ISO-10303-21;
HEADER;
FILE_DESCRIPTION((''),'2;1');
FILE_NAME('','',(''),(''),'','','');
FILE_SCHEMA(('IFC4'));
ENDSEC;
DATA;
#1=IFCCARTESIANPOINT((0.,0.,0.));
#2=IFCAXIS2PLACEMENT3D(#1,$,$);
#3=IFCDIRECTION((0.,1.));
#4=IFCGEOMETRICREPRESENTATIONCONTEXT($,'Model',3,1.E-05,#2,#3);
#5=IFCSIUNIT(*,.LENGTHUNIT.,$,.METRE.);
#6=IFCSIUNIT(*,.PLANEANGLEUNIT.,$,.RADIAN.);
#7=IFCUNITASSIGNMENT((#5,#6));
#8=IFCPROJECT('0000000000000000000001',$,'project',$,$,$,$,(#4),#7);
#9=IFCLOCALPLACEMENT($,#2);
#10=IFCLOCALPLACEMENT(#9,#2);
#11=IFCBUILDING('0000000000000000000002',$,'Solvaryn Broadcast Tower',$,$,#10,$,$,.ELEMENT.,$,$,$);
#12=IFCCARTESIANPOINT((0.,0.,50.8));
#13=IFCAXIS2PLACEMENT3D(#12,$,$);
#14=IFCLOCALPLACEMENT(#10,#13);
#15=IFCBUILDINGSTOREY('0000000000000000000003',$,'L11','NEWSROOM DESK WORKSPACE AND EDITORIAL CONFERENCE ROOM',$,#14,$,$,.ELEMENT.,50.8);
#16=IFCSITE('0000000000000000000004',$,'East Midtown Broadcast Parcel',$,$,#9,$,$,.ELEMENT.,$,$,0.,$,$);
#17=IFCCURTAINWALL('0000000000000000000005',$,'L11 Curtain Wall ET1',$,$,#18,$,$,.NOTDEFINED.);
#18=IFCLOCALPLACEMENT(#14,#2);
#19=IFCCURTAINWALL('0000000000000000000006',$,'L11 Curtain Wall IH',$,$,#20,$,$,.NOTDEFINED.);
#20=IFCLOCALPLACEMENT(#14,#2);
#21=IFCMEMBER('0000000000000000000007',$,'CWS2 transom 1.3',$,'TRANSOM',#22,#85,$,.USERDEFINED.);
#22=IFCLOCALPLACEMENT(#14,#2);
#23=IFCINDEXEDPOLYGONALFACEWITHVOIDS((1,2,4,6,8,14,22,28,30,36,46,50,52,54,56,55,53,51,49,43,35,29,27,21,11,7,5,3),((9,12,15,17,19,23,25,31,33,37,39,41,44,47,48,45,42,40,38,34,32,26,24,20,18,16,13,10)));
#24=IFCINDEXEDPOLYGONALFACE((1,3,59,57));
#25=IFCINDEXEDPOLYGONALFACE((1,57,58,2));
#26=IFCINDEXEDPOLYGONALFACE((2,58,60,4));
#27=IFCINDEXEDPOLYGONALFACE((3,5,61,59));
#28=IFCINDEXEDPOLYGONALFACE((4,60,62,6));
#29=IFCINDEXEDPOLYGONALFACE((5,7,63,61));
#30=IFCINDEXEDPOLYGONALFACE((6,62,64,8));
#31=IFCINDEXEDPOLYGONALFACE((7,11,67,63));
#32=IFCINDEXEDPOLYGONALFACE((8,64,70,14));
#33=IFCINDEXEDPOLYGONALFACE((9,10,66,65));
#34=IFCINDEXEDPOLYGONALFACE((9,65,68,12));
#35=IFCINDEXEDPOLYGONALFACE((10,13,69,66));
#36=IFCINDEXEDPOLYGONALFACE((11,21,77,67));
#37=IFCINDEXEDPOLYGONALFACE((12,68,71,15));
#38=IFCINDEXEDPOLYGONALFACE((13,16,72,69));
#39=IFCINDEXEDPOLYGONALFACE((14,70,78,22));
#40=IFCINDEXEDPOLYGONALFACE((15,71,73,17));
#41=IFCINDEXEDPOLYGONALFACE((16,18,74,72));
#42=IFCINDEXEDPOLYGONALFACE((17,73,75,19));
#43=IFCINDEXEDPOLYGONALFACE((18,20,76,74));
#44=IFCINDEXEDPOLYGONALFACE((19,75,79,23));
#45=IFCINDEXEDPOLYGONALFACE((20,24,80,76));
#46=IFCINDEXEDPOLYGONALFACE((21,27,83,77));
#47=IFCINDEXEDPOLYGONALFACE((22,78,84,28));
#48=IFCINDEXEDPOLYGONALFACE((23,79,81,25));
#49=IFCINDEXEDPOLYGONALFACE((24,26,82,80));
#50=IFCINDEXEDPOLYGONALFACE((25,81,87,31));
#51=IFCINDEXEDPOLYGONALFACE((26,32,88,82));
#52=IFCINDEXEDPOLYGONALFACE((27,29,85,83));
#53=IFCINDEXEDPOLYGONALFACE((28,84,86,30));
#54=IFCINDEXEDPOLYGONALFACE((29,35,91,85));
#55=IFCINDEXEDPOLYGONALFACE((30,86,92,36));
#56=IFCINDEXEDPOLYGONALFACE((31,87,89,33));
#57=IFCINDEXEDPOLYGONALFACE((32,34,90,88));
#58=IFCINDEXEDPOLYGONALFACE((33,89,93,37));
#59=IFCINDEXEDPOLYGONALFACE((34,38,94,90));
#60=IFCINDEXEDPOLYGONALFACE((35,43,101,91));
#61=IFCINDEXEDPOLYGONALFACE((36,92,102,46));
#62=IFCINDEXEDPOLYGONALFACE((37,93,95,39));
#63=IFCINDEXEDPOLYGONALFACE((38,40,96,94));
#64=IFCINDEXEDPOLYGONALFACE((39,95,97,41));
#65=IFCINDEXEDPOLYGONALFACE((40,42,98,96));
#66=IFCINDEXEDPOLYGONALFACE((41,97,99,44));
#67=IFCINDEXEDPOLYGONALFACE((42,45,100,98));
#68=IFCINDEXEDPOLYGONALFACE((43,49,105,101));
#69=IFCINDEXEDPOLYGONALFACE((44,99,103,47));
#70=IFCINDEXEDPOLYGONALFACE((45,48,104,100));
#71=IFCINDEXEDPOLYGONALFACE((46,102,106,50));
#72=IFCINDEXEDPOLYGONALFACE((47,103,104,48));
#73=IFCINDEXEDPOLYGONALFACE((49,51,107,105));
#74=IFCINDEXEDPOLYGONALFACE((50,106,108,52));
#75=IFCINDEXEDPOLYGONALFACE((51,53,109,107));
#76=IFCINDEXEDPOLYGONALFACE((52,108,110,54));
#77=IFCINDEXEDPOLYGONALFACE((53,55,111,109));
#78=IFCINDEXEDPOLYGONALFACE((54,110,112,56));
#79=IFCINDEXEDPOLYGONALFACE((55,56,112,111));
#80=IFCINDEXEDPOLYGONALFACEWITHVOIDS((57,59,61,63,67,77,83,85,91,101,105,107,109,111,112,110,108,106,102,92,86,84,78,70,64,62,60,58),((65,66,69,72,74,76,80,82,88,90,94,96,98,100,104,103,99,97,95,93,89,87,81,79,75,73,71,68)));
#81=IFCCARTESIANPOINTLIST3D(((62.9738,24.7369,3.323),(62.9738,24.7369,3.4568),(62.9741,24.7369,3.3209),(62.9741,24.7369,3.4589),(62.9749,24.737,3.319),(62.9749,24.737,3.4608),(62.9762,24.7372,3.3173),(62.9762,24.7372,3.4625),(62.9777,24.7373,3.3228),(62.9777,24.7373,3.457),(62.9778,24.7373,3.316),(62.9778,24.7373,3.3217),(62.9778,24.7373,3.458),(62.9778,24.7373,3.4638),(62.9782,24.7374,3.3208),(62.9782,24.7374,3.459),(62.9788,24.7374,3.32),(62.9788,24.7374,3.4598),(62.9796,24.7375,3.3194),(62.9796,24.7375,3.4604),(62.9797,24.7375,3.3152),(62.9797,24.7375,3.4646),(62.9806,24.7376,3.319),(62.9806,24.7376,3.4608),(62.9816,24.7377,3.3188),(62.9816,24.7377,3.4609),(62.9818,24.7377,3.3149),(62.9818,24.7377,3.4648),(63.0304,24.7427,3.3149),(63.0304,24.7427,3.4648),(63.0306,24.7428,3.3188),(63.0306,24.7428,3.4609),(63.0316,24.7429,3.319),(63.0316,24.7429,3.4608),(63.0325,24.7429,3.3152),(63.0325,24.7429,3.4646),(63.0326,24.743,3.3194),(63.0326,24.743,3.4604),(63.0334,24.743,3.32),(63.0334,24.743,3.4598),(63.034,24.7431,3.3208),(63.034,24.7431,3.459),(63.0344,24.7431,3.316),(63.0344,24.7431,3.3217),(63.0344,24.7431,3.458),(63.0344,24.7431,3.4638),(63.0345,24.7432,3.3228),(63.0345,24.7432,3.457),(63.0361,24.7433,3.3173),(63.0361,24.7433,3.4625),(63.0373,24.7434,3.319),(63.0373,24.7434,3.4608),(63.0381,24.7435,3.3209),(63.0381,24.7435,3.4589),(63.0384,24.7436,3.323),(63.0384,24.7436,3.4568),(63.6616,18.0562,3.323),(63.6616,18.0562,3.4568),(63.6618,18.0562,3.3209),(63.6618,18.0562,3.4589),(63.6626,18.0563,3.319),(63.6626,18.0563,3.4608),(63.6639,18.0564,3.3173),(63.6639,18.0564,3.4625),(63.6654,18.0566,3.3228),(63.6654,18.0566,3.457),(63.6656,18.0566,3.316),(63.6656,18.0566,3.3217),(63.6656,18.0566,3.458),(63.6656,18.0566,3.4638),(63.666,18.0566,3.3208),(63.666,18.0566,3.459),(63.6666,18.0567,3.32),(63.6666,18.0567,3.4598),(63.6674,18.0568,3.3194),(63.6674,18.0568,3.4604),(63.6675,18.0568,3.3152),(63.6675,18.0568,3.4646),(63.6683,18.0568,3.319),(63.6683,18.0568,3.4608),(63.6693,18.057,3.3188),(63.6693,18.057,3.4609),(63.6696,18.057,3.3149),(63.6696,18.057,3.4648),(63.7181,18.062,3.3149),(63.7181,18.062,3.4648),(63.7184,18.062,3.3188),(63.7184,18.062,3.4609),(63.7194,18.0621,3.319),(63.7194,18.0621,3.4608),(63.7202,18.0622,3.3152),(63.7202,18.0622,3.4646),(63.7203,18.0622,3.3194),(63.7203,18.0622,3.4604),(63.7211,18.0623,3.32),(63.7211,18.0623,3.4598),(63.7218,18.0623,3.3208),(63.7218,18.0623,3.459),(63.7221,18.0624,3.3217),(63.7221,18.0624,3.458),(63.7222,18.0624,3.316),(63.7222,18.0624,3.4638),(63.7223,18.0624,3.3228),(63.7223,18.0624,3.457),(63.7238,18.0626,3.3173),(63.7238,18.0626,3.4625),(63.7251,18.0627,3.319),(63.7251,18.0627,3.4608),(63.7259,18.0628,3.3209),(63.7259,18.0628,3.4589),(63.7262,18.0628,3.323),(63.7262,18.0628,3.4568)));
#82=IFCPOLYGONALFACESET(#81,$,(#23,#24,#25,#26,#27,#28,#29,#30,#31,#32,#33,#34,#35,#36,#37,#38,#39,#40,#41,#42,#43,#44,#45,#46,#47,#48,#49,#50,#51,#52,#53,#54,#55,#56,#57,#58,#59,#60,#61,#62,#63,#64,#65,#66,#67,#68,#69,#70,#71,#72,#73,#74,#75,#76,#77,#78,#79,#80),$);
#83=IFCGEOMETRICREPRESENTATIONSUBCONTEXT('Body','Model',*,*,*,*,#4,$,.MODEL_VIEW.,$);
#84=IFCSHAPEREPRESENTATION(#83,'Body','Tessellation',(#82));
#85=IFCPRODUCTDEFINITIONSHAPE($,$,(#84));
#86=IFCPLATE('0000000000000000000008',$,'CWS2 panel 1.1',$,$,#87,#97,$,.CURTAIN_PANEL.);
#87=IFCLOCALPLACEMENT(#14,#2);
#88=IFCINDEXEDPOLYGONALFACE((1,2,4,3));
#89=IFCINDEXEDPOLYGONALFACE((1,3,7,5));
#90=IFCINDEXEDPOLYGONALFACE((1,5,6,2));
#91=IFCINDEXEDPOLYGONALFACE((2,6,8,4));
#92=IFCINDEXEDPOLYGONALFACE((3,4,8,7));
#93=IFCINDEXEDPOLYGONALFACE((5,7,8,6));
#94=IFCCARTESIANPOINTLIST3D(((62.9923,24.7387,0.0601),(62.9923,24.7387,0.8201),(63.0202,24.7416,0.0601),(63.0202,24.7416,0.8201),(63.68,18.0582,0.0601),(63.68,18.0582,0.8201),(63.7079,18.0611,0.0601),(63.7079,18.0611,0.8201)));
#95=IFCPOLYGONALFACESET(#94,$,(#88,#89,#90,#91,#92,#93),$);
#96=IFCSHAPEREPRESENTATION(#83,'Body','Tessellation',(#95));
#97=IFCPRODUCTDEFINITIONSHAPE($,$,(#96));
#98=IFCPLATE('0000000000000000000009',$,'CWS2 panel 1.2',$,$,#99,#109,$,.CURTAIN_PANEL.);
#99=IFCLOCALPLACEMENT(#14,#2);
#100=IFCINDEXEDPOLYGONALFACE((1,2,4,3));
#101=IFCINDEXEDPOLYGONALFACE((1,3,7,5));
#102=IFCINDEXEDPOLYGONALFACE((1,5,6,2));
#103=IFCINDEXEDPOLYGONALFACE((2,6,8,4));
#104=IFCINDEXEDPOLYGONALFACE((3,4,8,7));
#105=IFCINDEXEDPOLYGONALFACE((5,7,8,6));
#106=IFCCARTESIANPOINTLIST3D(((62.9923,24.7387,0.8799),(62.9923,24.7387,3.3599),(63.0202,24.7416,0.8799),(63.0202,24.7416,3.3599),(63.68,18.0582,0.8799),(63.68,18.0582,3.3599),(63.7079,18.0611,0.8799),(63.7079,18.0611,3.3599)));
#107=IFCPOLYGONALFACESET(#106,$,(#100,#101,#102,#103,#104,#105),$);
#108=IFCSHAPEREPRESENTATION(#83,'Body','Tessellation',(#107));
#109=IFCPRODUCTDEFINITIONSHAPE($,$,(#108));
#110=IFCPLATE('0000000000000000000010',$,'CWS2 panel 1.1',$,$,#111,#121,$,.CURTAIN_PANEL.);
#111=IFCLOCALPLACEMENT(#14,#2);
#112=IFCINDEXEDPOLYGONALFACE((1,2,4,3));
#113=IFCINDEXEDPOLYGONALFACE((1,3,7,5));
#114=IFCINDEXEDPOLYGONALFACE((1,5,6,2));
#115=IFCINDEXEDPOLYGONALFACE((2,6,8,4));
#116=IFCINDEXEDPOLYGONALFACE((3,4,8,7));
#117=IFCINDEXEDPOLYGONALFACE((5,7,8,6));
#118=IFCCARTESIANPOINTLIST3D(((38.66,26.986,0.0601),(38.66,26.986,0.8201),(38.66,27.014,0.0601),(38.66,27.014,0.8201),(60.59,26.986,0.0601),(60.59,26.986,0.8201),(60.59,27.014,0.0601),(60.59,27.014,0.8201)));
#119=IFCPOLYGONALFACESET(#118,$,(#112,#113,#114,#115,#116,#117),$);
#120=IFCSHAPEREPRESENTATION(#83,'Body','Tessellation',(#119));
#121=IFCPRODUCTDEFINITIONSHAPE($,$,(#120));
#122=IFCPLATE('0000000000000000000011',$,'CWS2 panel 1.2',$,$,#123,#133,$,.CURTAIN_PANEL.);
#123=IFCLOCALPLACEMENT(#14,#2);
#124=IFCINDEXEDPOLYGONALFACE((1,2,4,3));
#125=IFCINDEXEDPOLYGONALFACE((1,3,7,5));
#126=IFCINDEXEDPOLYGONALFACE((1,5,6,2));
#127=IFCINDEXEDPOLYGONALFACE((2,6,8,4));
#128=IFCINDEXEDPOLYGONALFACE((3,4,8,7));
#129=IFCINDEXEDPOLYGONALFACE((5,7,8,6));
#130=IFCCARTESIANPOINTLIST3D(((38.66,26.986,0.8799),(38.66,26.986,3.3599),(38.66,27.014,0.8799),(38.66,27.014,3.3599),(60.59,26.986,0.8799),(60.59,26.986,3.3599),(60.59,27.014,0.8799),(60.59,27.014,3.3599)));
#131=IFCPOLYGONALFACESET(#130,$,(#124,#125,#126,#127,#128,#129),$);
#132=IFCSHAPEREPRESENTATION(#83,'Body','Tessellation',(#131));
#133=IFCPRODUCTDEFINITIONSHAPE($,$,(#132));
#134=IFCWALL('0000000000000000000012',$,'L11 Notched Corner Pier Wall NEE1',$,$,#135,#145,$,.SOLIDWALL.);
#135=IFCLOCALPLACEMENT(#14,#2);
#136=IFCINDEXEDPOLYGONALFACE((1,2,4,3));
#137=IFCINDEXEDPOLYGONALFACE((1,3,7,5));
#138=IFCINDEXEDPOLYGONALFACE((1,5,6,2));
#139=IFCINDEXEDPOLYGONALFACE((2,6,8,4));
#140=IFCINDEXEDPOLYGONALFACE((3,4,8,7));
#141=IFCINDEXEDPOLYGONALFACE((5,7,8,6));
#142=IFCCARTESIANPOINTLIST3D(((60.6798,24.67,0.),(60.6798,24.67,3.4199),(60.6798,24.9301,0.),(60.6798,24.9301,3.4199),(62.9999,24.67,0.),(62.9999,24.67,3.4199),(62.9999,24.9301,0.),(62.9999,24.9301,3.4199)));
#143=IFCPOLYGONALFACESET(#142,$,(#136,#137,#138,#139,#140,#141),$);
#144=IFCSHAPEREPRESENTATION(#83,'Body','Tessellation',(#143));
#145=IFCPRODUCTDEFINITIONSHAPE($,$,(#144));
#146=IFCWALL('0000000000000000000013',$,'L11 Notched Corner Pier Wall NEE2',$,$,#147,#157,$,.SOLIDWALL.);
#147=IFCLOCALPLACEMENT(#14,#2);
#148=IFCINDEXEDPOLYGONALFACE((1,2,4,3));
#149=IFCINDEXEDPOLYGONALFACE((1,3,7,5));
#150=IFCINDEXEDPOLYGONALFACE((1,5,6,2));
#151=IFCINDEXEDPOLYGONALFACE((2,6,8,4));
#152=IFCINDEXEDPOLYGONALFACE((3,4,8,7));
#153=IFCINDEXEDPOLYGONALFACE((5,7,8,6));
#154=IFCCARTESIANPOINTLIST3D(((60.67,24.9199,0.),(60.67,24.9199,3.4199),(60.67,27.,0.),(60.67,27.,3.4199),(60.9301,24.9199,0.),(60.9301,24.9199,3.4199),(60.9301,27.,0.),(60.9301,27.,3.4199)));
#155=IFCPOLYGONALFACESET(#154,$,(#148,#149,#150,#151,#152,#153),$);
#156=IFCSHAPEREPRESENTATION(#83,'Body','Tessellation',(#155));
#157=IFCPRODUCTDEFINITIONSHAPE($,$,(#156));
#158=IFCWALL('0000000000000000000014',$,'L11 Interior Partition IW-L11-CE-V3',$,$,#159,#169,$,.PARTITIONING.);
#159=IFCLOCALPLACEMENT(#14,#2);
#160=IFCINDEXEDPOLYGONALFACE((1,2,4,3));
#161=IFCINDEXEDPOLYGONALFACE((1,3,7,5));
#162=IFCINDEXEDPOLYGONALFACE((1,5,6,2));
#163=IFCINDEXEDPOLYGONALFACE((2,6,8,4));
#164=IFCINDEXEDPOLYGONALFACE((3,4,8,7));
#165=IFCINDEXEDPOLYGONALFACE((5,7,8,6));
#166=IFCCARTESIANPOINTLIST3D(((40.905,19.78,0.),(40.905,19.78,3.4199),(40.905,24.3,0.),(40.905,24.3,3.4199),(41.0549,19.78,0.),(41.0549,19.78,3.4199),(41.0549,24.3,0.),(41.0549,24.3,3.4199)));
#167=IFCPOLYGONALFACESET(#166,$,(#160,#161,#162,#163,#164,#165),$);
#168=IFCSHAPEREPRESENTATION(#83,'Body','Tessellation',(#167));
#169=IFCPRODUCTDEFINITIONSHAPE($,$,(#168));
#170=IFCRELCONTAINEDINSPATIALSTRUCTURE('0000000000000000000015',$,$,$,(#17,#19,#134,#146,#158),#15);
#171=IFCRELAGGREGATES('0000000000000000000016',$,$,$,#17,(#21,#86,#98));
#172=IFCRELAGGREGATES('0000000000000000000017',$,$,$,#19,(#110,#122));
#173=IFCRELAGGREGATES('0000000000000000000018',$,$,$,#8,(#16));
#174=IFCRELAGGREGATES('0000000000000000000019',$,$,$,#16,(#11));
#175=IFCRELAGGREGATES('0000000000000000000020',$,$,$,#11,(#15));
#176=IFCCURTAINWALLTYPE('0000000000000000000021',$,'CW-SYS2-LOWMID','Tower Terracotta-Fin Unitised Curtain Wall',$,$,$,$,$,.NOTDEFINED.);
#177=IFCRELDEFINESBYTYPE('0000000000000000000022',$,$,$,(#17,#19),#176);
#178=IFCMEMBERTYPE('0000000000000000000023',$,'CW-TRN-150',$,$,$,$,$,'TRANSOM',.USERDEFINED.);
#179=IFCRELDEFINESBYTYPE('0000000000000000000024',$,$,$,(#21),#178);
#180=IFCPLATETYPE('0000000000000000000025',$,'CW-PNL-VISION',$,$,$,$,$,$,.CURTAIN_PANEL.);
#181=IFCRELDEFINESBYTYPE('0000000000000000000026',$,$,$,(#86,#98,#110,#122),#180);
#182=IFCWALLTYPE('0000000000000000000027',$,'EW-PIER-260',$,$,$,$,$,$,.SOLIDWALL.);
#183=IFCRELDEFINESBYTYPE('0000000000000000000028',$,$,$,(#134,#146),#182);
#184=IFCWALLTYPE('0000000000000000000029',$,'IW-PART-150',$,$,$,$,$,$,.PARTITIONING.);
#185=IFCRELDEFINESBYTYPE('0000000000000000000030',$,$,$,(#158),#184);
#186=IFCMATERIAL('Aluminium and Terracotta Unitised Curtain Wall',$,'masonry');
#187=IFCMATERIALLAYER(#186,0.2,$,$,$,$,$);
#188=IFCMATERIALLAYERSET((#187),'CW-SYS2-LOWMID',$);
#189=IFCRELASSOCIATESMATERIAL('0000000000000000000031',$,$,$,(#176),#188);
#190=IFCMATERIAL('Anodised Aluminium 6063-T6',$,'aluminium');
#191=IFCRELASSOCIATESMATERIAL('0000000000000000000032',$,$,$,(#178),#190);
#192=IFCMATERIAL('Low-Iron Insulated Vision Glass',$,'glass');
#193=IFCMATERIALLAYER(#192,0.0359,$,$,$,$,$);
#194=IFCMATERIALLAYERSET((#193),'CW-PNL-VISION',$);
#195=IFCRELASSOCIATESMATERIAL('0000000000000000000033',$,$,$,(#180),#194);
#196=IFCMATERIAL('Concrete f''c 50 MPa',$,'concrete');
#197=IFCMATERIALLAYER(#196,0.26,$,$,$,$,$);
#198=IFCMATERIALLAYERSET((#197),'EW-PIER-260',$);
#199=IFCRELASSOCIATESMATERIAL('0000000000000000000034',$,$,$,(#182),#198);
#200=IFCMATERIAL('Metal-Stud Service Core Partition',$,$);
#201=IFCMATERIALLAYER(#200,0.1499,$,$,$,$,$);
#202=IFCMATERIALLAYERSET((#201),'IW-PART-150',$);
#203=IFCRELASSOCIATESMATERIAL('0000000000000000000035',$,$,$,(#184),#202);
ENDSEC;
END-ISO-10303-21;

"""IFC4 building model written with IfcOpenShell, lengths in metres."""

from ifc_helpers import new_model, si_unit, direction, frame, frame_2d, origin, origin_2d, place, context, subcontext, project, spatial, rectangle, hollow_rectangle, extrude, material, layer, layer_set, material_profile, profile_set, type_object, element, aggregate, save


model = new_model("IFC4")

# Units and contexts
model_context = context("Model", 3, precision=1e-05, world=origin(), true_north=direction((0.0, 1.0)))
body_context = subcontext(model_context, "Body", "Model", "MODEL_VIEW")
ifc_project = project(units=[si_unit("LENGTHUNIT", "METRE"), si_unit("PLANEANGLEUNIT", "RADIAN")], contexts=[model_context])

# Site, building, storey
site_placement = place(None, origin())
site = spatial("IfcSite", under=ifc_project, at=site_placement, Name="East Midtown Broadcast Parcel", CompositionType="ELEMENT", RefElevation=0.0)
building_placement = place(site_placement, origin())
building = spatial("IfcBuilding", under=site, at=building_placement, Name="Solvaryn Broadcast Tower", CompositionType="ELEMENT")
storey_placement = place(building_placement, frame((0.0, 0.0, 50.8)))
storey = spatial("IfcBuildingStorey", under=building, at=storey_placement, Name="L11", Description="NEWSROOM DESK WORKSPACE AND EDITORIAL CONFERENCE ROOM", CompositionType="ELEMENT", Elevation=50.8)

# Curtain walls
ifc_material_1 = material(Name="Aluminium and Terracotta Unitised Curtain Wall", Category="masonry")
ifc_layer_1 = layer(ifc_material_1, 0.2)
ifc_layer_set_1 = layer_set([ifc_layer_1], Name="CW-SYS2-LOWMID")
curtain_wall_type = type_object("IfcCurtainWallType", Name="CW-SYS2-LOWMID", Description="Tower Terracotta-Fin Unitised Curtain Wall", PredefinedType="NOTDEFINED", material=ifc_layer_set_1)
curtain_wall_1_placement = place(storey_placement, origin())
curtain_wall_1 = element("IfcCurtainWall", 1, at=curtain_wall_1_placement, inside=storey, type_object=curtain_wall_type, Name="L11 Curtain Wall ET1", PredefinedType="NOTDEFINED")
curtain_wall_2_placement = place(storey_placement, origin())
curtain_wall_2 = element("IfcCurtainWall", 2, at=curtain_wall_2_placement, inside=storey, type_object=curtain_wall_type, Name="L11 Curtain Wall IH", PredefinedType="NOTDEFINED")

# Member
ifc_material_2 = material(Name="Anodised Aluminium 6063-T6", Category="aluminium")
ifc_material_profile_1 = material_profile(ifc_material_2, hollow_rectangle(XDim=0.0649, YDim=0.1499, WallThickness=0.0039, InnerFilletRadius=0.0039, OuterFilletRadius=0.0081, at=origin_2d()))
ifc_profile_set_1 = profile_set([ifc_material_profile_1], Name="Anodised Aluminium 6063-T6")
member_type_1 = type_object("IfcMemberType", Name="CW-TRN-150", ElementType="TRANSOM", PredefinedType="USERDEFINED", material=ifc_profile_set_1)
member_1_placement = place(storey_placement, frame((63.0061, 24.7402, 3.3899), z_axis=(0.102404, -0.994743, 0.0), x_axis=(0.994743, 0.102404, 0.0)))
member_1 = element("IfcMember", 3, at=member_1_placement, type_object=member_type_1, Name="CWS2 transom 1.3", ObjectType="TRANSOM", PredefinedType="USERDEFINED", context=body_context, shape_type="SweptSolid", body=[
    extrude(hollow_rectangle(XDim=0.0649, YDim=0.1499, WallThickness=0.0039, InnerFilletRadius=0.0039, OuterFilletRadius=0.0081, at=origin_2d()), origin(), (0.0, 0.0, 1.0), 6.7161),
])

# Plates
ifc_material_3 = material(Name="Low-Iron Insulated Vision Glass", Category="glass")
ifc_layer_2 = layer(ifc_material_3, 0.0359)
ifc_layer_set_2 = layer_set([ifc_layer_2], Name="CW-PNL-VISION")
plate_type = type_object("IfcPlateType", Name="CW-PNL-VISION", PredefinedType="CURTAIN_PANEL", material=ifc_layer_set_2)
plate_1_placement = place(storey_placement, frame((63.3501, 21.3999, 0.0601), z_axis=(0.0, 0.0, 1.0), x_axis=(0.1024, -0.994743, 0.0)))
plate_1 = element("IfcPlate", 4, at=plate_1_placement, type_object=plate_type, Name="CWS2 panel 1.1", PredefinedType="CURTAIN_PANEL", context=body_context, shape_type="SweptSolid", body=[
    extrude(rectangle(XDim=6.7158, YDim=0.0281, at=origin_2d()), origin(), (0.0, 0.0, 1.0), 0.76),
])
plate_2_placement = place(storey_placement, frame((63.3501, 21.3999, 0.8799), z_axis=(0.0, 0.0, 1.0), x_axis=(0.1024, -0.994743, 0.0)))
plate_2 = element("IfcPlate", 5, at=plate_2_placement, type_object=plate_type, Name="CWS2 panel 1.2", PredefinedType="CURTAIN_PANEL", context=body_context, shape_type="SweptSolid", body=[
    extrude(rectangle(XDim=6.7158, YDim=0.0281, at=origin_2d()), origin(), (0.0, 0.0, 1.0), 2.48),
])
aggregate(curtain_wall_1, [member_1, plate_1, plate_2])
plate_3_placement = place(storey_placement, frame((49.625, 27.0, 0.0601), z_axis=(0.0, 0.0, 1.0), x_axis=(1.0, 0.0, 0.0)))
plate_3 = element("IfcPlate", 6, at=plate_3_placement, type_object=plate_type, Name="CWS2 panel 1.1", PredefinedType="CURTAIN_PANEL", context=body_context, shape_type="SweptSolid", body=[
    extrude(rectangle(XDim=21.9299, YDim=0.0281, at=origin_2d()), origin(), (0.0, 0.0, 1.0), 0.76),
])
plate_4_placement = place(storey_placement, frame((49.625, 27.0, 0.8799), z_axis=(0.0, 0.0, 1.0), x_axis=(1.0, 0.0, 0.0)))
plate_4 = element("IfcPlate", 7, at=plate_4_placement, type_object=plate_type, Name="CWS2 panel 1.2", PredefinedType="CURTAIN_PANEL", context=body_context, shape_type="SweptSolid", body=[
    extrude(rectangle(XDim=21.9299, YDim=0.0281, at=origin_2d()), origin(), (0.0, 0.0, 1.0), 2.48),
])
aggregate(curtain_wall_2, [plate_3, plate_4])

# Walls
ifc_material_4 = material(Name="Concrete f'c 50 MPa", Category="concrete")
ifc_layer_3 = layer(ifc_material_4, 0.26)
ifc_layer_set_3 = layer_set([ifc_layer_3], Name="EW-PIER-260")
wall_type_1 = type_object("IfcWallType", Name="EW-PIER-260", PredefinedType="SOLIDWALL", material=ifc_layer_set_3)
wall_1_placement = place(storey_placement, frame((63.0, 24.8, 0.0), z_axis=(0.0, 0.0, 1.0), x_axis=(-1.0, 0.0, 0.0)))
element("IfcWall", 8, at=wall_1_placement, inside=storey, type_object=wall_type_1, Name="L11 Notched Corner Pier Wall NEE1", PredefinedType="SOLIDWALL", context=body_context, shape_type="SweptSolid", body=[
    extrude(rectangle(XDim=2.3201, YDim=0.26, at=frame_2d((1.1602, 0.0))), origin(), (0.0, 0.0, 1.0), 3.4199),
])
wall_2_placement = place(storey_placement, frame((60.8, 24.9199, 0.0), z_axis=(0.0, 0.0, 1.0), x_axis=(0.0, 1.0, 0.0)))
element("IfcWall", 9, at=wall_2_placement, inside=storey, type_object=wall_type_1, Name="L11 Notched Corner Pier Wall NEE2", PredefinedType="SOLIDWALL", context=body_context, shape_type="SweptSolid", body=[
    extrude(rectangle(XDim=2.0801, YDim=0.26, at=frame_2d((1.04, 0.0))), origin(), (0.0, 0.0, 1.0), 3.4199),
])
ifc_material_5 = material(Name="Metal-Stud Service Core Partition")
ifc_layer_4 = layer(ifc_material_5, 0.1499)
ifc_layer_set_4 = layer_set([ifc_layer_4], Name="IW-PART-150")
wall_type_2 = type_object("IfcWallType", Name="IW-PART-150", PredefinedType="PARTITIONING", material=ifc_layer_set_4)
wall_3_placement = place(storey_placement, frame((40.98, 19.78, 0.0), z_axis=(0.0, 0.0, 1.0), x_axis=(0.0, 1.0, 0.0)))
element("IfcWall", 10, at=wall_3_placement, inside=storey, type_object=wall_type_2, Name="L11 Interior Partition IW-L11-CE-V3", PredefinedType="PARTITIONING", context=body_context, shape_type="SweptSolid", body=[
    extrude(rectangle(XDim=4.52, YDim=0.1499, at=frame_2d((2.26, 0.0))), origin(), (0.0, 0.0, 1.0), 3.4199),
])

save(model, "model.ifc")
